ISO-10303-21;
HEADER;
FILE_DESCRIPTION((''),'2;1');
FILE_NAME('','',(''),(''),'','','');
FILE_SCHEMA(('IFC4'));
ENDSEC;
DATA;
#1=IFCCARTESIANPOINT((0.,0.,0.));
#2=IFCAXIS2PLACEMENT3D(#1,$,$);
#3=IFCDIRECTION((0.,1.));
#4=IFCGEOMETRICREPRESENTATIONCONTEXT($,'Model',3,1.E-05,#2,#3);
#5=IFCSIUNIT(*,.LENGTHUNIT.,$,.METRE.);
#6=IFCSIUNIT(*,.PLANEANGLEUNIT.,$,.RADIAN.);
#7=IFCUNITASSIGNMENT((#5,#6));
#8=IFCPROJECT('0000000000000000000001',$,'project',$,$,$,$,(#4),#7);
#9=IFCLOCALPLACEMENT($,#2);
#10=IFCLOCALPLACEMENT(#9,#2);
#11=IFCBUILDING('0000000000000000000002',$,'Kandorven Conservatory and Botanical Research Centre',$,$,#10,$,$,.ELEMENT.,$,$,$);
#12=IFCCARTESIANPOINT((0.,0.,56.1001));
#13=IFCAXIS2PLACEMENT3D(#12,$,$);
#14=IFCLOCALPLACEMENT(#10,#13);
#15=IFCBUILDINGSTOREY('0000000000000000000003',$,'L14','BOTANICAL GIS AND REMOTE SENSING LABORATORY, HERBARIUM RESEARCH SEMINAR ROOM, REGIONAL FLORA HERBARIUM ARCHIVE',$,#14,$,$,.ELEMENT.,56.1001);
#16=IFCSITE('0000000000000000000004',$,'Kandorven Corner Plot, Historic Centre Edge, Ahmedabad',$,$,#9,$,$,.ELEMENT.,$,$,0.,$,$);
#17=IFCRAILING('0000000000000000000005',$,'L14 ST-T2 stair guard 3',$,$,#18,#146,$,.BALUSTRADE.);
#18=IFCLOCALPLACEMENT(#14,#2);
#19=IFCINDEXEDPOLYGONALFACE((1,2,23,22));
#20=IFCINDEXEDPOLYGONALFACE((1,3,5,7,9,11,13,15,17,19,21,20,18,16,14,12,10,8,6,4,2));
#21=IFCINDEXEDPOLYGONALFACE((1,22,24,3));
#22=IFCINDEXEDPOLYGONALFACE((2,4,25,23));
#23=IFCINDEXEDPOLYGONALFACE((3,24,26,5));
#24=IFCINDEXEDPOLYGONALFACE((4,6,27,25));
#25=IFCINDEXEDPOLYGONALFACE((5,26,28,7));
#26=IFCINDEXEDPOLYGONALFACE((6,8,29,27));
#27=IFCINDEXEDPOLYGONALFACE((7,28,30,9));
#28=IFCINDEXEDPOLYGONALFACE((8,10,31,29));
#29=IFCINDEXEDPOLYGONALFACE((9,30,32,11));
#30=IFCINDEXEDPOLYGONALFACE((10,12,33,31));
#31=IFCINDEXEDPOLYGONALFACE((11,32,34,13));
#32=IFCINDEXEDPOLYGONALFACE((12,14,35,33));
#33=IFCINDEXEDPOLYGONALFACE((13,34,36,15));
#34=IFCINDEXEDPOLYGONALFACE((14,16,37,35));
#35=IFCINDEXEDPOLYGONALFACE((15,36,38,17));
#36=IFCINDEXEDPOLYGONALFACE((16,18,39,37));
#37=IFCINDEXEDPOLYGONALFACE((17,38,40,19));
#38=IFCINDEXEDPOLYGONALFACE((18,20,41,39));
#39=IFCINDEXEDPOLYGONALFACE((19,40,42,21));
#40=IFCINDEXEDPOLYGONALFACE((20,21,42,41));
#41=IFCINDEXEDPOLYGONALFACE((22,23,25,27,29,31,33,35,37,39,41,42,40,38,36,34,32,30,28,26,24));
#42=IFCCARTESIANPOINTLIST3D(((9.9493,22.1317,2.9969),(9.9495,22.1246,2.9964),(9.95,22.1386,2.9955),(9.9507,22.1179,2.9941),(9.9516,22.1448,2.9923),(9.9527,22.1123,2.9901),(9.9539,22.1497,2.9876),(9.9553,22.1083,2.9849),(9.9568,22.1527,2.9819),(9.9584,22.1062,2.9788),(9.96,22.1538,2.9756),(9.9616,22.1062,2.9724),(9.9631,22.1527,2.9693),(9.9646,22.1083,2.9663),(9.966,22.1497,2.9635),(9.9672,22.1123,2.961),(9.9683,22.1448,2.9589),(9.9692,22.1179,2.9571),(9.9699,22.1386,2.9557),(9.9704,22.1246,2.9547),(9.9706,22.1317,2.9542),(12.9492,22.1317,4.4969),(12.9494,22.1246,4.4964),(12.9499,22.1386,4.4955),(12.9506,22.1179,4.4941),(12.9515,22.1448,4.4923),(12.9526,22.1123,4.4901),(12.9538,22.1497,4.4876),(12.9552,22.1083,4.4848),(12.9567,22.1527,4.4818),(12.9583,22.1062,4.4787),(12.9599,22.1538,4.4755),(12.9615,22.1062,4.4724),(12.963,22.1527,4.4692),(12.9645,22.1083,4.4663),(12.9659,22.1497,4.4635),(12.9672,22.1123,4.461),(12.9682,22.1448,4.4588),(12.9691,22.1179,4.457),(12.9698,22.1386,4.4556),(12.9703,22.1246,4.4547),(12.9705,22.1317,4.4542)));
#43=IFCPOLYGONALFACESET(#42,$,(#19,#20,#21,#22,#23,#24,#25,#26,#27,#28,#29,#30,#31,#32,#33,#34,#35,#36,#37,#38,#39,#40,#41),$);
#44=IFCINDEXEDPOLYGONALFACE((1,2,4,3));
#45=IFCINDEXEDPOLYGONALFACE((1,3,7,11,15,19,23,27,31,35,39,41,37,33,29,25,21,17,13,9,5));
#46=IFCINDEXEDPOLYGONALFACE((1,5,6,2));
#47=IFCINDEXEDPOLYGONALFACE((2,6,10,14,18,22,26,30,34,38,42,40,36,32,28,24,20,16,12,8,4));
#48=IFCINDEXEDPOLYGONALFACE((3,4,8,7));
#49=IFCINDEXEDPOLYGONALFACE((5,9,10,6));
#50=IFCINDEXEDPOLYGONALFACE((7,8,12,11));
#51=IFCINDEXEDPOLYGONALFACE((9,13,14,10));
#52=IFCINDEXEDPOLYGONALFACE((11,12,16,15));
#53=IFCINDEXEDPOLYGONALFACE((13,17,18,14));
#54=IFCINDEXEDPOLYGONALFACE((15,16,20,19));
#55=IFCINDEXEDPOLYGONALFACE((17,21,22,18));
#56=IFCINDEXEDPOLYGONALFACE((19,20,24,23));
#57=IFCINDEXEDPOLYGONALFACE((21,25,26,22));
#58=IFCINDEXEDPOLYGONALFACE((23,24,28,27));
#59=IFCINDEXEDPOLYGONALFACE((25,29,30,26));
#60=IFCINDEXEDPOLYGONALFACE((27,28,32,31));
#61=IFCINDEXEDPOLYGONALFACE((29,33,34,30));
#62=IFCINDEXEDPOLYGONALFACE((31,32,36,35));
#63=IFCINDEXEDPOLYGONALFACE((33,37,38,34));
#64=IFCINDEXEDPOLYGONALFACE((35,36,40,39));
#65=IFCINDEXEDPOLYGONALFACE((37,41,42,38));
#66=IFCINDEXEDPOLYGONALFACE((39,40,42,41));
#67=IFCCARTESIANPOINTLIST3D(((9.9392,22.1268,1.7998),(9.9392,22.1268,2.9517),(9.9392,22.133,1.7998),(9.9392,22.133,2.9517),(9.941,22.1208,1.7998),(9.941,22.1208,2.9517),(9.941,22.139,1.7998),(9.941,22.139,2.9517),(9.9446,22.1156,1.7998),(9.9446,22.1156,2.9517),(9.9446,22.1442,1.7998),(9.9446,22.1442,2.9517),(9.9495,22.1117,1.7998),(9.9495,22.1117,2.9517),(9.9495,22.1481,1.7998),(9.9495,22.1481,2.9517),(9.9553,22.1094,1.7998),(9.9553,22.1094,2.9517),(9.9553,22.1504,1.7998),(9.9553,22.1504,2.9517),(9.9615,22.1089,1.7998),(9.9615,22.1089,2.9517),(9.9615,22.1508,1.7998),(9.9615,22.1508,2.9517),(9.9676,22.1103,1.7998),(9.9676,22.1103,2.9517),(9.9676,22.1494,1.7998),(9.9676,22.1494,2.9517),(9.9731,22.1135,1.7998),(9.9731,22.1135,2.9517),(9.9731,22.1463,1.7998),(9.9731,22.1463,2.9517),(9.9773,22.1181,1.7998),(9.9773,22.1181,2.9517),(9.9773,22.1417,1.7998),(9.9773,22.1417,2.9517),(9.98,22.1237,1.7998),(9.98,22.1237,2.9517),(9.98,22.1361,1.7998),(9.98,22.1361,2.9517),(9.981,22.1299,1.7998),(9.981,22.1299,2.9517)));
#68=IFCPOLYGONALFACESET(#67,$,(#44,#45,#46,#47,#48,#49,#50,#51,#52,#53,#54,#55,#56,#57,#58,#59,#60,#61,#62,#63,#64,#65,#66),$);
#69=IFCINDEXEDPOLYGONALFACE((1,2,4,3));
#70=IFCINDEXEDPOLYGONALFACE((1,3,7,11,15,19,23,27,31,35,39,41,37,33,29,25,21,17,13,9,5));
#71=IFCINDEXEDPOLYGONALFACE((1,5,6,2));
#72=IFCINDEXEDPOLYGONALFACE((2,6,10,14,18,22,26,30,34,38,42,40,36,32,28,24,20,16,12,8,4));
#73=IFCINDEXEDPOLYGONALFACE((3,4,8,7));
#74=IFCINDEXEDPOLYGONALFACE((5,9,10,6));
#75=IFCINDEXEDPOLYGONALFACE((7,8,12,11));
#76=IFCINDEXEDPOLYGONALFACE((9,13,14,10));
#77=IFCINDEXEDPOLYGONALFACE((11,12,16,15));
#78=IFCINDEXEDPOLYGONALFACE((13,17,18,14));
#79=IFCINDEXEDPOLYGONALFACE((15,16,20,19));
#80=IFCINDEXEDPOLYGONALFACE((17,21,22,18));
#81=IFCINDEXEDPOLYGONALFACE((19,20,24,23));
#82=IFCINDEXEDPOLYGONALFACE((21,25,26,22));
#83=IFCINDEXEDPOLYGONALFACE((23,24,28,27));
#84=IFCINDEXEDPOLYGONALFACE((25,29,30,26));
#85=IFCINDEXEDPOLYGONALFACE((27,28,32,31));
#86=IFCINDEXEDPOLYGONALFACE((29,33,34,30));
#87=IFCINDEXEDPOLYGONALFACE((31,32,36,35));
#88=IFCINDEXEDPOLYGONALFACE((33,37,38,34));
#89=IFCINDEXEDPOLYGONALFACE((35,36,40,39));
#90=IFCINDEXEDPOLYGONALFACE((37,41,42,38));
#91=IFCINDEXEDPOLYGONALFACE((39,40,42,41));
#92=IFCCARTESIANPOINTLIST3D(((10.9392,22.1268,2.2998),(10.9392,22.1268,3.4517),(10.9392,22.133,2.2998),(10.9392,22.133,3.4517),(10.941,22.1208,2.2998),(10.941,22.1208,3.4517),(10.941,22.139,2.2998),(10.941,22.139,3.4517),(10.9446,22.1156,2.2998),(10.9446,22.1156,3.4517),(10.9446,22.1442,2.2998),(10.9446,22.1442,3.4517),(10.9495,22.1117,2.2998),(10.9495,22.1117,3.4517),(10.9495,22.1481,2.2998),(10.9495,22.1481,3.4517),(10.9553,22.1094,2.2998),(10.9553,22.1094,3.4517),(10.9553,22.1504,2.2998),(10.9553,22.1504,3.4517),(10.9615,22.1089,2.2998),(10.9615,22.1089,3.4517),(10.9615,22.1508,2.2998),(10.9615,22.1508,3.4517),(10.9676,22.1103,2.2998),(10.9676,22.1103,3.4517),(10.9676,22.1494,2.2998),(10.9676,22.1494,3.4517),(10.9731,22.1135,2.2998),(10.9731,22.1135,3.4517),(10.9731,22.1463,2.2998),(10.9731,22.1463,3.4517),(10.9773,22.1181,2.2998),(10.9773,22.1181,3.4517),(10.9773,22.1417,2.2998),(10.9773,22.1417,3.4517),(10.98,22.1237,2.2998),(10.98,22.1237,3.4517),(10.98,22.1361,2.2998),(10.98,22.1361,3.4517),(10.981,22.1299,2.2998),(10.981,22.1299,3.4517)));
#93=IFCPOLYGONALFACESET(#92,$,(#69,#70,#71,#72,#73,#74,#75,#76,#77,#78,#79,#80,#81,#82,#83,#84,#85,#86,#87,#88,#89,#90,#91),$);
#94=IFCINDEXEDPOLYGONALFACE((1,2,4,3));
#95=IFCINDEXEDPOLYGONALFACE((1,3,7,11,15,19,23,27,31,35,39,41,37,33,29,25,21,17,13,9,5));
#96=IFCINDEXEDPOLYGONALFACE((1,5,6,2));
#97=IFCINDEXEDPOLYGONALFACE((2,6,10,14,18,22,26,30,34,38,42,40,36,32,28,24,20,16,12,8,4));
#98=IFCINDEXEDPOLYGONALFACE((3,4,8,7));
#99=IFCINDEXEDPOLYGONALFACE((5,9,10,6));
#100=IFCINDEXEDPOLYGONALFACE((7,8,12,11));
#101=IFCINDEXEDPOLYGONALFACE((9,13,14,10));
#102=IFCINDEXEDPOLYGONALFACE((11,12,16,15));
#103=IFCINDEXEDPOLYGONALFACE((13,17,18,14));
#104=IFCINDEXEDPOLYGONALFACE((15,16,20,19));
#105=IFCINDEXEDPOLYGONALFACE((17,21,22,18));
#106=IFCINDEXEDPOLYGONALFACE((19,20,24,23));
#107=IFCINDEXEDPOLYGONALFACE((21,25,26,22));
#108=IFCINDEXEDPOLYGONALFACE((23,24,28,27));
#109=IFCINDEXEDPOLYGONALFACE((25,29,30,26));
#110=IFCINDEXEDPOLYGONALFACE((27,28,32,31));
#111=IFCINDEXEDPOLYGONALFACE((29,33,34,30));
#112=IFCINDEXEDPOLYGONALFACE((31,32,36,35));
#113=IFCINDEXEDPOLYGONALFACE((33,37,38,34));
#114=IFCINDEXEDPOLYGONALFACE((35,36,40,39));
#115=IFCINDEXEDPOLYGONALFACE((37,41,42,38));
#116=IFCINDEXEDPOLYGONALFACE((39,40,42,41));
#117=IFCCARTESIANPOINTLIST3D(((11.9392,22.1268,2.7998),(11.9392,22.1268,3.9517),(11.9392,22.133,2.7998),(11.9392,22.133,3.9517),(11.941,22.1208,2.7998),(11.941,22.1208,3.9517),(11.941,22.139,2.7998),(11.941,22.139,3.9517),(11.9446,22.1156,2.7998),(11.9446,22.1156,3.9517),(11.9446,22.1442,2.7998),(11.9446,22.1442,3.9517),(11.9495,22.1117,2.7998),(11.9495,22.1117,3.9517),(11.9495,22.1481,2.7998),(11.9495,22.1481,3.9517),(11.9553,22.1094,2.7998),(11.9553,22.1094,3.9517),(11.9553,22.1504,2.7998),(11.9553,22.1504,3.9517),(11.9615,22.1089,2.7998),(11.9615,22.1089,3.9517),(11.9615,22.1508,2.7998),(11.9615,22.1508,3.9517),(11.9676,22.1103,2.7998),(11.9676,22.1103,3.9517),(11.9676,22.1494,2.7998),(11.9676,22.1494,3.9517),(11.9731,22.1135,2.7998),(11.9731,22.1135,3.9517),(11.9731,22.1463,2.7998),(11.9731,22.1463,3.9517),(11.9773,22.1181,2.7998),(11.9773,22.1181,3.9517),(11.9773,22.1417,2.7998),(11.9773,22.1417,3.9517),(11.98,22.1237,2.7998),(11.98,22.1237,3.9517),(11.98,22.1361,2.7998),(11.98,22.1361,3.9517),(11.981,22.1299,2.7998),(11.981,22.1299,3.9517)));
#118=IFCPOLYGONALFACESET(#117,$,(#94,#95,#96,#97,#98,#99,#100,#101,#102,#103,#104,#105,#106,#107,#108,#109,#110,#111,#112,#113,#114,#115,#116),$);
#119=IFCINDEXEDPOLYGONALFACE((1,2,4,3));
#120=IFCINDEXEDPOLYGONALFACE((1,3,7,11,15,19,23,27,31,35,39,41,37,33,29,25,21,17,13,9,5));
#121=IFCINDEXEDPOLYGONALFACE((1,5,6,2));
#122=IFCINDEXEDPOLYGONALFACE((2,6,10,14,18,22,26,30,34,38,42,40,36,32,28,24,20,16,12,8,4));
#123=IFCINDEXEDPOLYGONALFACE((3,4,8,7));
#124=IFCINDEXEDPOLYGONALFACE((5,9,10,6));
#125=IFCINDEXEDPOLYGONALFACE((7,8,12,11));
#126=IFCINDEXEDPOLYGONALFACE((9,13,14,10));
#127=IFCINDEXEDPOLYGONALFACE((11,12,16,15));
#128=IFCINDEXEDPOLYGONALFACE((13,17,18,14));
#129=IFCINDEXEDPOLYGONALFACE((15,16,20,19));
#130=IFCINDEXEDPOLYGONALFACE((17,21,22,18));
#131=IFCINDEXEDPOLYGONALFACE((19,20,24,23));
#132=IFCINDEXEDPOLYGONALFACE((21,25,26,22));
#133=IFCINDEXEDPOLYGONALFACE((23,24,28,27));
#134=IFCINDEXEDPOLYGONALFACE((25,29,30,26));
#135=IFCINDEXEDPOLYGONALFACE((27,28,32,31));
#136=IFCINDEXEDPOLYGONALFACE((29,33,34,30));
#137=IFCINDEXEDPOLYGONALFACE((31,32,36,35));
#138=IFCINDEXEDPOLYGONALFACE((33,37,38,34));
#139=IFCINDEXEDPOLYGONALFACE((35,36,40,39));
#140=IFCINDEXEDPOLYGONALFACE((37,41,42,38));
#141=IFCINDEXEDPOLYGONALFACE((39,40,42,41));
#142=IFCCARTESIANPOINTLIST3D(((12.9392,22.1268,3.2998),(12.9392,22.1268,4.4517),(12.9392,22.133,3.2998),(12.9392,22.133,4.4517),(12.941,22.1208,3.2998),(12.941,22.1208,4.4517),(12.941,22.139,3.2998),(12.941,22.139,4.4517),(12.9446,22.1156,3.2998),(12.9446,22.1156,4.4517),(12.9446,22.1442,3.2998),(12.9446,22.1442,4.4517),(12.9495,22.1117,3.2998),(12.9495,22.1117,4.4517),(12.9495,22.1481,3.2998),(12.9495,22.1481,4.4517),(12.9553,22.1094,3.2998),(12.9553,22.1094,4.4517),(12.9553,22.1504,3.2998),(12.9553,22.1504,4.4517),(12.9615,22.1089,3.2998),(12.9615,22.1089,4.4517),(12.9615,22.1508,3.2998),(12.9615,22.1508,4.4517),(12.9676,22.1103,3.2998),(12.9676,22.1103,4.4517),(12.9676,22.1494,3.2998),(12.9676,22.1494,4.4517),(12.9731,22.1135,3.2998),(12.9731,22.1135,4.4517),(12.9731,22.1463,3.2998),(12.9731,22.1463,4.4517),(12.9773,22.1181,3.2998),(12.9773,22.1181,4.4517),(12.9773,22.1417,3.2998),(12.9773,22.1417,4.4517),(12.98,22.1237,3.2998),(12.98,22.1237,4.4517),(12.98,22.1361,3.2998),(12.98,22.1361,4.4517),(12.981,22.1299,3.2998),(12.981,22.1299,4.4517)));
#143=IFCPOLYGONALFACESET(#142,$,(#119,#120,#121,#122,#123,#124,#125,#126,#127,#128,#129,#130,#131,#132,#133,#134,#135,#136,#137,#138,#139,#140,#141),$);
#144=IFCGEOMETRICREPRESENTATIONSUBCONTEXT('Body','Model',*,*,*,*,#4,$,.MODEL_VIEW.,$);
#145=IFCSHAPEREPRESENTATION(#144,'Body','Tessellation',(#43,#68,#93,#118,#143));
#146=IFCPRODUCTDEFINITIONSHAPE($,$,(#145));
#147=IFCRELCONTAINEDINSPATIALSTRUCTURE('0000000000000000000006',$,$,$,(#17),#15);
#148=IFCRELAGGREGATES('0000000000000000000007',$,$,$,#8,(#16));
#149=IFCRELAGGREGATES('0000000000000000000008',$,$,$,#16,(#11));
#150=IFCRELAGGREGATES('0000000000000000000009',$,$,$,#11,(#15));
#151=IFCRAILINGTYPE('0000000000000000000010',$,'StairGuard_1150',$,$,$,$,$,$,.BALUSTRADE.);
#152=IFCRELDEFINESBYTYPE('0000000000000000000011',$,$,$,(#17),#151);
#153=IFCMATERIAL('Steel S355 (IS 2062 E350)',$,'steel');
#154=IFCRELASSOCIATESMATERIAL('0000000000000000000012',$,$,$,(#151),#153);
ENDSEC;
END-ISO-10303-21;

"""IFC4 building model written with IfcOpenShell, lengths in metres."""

from ifc_helpers import new_model, si_unit, direction, frame, origin, origin_2d, place, context, subcontext, project, spatial, circle, extrude, material, type_object, element, save


model = new_model("IFC4")

# Units and contexts
model_context = context("Model", 3, precision=1e-05, world=origin(), true_north=direction((0.0, 1.0)))
body_context = subcontext(model_context, "Body", "Model", "MODEL_VIEW")
ifc_project = project(units=[si_unit("LENGTHUNIT", "METRE"), si_unit("PLANEANGLEUNIT", "RADIAN")], contexts=[model_context])

# Site, building, storey
site_placement = place(None, origin())
site = spatial("IfcSite", under=ifc_project, at=site_placement, Name="Kandorven Corner Plot, Historic Centre Edge, Ahmedabad", CompositionType="ELEMENT", RefElevation=0.0)
building_placement = place(site_placement, origin())
building = spatial("IfcBuilding", under=site, at=building_placement, Name="Kandorven Conservatory and Botanical Research Centre", CompositionType="ELEMENT")
storey_placement = place(building_placement, frame((0.0, 0.0, 56.1001)))
storey = spatial("IfcBuildingStorey", under=building, at=storey_placement, Name="L14", Description="BOTANICAL GIS AND REMOTE SENSING LABORATORY, HERBARIUM RESEARCH SEMINAR ROOM, REGIONAL FLORA HERBARIUM ARCHIVE", CompositionType="ELEMENT", Elevation=56.1001)

# Railing
ifc_material_1 = material(Name="Steel S355 (IS 2062 E350)", Category="steel")
railing_type_1 = type_object("IfcRailingType", Name="StairGuard_1150", PredefinedType="BALUSTRADE", material=ifc_material_1)
railing_1_placement = place(storey_placement, frame((9.96, 22.1299, 1.7998)))
element("IfcRailing", 1, at=railing_1_placement, inside=storey, type_object=railing_type_1, Name="L14 ST-T2 stair guard 3", PredefinedType="BALUSTRADE", context=body_context, shape_type="SweptSolid", body=[
    extrude(circle(Radius=0.0239, at=origin_2d()), frame((0.0, 0.0, 1.1758), z_axis=(0.894427, 0.0, 0.447214), x_axis=(0.0, 1.0, 0.0)), (0.0, 0.0, 1.0), 3.354),
    extrude(circle(Radius=0.021, at=origin_2d()), origin(), (0.0, 0.0, 1.0), 1.1519),
    extrude(circle(Radius=0.021, at=origin_2d()), frame((1.0, 0.0, 0.5)), (0.0, 0.0, 1.0), 1.1519),
    extrude(circle(Radius=0.021, at=origin_2d()), frame((2.0, 0.0, 1.0)), (0.0, 0.0, 1.0), 1.1519),
    extrude(circle(Radius=0.021, at=origin_2d()), frame((3.0, 0.0, 1.5)), (0.0, 0.0, 1.0), 1.1519),
])

save(model, "model.ifc")
